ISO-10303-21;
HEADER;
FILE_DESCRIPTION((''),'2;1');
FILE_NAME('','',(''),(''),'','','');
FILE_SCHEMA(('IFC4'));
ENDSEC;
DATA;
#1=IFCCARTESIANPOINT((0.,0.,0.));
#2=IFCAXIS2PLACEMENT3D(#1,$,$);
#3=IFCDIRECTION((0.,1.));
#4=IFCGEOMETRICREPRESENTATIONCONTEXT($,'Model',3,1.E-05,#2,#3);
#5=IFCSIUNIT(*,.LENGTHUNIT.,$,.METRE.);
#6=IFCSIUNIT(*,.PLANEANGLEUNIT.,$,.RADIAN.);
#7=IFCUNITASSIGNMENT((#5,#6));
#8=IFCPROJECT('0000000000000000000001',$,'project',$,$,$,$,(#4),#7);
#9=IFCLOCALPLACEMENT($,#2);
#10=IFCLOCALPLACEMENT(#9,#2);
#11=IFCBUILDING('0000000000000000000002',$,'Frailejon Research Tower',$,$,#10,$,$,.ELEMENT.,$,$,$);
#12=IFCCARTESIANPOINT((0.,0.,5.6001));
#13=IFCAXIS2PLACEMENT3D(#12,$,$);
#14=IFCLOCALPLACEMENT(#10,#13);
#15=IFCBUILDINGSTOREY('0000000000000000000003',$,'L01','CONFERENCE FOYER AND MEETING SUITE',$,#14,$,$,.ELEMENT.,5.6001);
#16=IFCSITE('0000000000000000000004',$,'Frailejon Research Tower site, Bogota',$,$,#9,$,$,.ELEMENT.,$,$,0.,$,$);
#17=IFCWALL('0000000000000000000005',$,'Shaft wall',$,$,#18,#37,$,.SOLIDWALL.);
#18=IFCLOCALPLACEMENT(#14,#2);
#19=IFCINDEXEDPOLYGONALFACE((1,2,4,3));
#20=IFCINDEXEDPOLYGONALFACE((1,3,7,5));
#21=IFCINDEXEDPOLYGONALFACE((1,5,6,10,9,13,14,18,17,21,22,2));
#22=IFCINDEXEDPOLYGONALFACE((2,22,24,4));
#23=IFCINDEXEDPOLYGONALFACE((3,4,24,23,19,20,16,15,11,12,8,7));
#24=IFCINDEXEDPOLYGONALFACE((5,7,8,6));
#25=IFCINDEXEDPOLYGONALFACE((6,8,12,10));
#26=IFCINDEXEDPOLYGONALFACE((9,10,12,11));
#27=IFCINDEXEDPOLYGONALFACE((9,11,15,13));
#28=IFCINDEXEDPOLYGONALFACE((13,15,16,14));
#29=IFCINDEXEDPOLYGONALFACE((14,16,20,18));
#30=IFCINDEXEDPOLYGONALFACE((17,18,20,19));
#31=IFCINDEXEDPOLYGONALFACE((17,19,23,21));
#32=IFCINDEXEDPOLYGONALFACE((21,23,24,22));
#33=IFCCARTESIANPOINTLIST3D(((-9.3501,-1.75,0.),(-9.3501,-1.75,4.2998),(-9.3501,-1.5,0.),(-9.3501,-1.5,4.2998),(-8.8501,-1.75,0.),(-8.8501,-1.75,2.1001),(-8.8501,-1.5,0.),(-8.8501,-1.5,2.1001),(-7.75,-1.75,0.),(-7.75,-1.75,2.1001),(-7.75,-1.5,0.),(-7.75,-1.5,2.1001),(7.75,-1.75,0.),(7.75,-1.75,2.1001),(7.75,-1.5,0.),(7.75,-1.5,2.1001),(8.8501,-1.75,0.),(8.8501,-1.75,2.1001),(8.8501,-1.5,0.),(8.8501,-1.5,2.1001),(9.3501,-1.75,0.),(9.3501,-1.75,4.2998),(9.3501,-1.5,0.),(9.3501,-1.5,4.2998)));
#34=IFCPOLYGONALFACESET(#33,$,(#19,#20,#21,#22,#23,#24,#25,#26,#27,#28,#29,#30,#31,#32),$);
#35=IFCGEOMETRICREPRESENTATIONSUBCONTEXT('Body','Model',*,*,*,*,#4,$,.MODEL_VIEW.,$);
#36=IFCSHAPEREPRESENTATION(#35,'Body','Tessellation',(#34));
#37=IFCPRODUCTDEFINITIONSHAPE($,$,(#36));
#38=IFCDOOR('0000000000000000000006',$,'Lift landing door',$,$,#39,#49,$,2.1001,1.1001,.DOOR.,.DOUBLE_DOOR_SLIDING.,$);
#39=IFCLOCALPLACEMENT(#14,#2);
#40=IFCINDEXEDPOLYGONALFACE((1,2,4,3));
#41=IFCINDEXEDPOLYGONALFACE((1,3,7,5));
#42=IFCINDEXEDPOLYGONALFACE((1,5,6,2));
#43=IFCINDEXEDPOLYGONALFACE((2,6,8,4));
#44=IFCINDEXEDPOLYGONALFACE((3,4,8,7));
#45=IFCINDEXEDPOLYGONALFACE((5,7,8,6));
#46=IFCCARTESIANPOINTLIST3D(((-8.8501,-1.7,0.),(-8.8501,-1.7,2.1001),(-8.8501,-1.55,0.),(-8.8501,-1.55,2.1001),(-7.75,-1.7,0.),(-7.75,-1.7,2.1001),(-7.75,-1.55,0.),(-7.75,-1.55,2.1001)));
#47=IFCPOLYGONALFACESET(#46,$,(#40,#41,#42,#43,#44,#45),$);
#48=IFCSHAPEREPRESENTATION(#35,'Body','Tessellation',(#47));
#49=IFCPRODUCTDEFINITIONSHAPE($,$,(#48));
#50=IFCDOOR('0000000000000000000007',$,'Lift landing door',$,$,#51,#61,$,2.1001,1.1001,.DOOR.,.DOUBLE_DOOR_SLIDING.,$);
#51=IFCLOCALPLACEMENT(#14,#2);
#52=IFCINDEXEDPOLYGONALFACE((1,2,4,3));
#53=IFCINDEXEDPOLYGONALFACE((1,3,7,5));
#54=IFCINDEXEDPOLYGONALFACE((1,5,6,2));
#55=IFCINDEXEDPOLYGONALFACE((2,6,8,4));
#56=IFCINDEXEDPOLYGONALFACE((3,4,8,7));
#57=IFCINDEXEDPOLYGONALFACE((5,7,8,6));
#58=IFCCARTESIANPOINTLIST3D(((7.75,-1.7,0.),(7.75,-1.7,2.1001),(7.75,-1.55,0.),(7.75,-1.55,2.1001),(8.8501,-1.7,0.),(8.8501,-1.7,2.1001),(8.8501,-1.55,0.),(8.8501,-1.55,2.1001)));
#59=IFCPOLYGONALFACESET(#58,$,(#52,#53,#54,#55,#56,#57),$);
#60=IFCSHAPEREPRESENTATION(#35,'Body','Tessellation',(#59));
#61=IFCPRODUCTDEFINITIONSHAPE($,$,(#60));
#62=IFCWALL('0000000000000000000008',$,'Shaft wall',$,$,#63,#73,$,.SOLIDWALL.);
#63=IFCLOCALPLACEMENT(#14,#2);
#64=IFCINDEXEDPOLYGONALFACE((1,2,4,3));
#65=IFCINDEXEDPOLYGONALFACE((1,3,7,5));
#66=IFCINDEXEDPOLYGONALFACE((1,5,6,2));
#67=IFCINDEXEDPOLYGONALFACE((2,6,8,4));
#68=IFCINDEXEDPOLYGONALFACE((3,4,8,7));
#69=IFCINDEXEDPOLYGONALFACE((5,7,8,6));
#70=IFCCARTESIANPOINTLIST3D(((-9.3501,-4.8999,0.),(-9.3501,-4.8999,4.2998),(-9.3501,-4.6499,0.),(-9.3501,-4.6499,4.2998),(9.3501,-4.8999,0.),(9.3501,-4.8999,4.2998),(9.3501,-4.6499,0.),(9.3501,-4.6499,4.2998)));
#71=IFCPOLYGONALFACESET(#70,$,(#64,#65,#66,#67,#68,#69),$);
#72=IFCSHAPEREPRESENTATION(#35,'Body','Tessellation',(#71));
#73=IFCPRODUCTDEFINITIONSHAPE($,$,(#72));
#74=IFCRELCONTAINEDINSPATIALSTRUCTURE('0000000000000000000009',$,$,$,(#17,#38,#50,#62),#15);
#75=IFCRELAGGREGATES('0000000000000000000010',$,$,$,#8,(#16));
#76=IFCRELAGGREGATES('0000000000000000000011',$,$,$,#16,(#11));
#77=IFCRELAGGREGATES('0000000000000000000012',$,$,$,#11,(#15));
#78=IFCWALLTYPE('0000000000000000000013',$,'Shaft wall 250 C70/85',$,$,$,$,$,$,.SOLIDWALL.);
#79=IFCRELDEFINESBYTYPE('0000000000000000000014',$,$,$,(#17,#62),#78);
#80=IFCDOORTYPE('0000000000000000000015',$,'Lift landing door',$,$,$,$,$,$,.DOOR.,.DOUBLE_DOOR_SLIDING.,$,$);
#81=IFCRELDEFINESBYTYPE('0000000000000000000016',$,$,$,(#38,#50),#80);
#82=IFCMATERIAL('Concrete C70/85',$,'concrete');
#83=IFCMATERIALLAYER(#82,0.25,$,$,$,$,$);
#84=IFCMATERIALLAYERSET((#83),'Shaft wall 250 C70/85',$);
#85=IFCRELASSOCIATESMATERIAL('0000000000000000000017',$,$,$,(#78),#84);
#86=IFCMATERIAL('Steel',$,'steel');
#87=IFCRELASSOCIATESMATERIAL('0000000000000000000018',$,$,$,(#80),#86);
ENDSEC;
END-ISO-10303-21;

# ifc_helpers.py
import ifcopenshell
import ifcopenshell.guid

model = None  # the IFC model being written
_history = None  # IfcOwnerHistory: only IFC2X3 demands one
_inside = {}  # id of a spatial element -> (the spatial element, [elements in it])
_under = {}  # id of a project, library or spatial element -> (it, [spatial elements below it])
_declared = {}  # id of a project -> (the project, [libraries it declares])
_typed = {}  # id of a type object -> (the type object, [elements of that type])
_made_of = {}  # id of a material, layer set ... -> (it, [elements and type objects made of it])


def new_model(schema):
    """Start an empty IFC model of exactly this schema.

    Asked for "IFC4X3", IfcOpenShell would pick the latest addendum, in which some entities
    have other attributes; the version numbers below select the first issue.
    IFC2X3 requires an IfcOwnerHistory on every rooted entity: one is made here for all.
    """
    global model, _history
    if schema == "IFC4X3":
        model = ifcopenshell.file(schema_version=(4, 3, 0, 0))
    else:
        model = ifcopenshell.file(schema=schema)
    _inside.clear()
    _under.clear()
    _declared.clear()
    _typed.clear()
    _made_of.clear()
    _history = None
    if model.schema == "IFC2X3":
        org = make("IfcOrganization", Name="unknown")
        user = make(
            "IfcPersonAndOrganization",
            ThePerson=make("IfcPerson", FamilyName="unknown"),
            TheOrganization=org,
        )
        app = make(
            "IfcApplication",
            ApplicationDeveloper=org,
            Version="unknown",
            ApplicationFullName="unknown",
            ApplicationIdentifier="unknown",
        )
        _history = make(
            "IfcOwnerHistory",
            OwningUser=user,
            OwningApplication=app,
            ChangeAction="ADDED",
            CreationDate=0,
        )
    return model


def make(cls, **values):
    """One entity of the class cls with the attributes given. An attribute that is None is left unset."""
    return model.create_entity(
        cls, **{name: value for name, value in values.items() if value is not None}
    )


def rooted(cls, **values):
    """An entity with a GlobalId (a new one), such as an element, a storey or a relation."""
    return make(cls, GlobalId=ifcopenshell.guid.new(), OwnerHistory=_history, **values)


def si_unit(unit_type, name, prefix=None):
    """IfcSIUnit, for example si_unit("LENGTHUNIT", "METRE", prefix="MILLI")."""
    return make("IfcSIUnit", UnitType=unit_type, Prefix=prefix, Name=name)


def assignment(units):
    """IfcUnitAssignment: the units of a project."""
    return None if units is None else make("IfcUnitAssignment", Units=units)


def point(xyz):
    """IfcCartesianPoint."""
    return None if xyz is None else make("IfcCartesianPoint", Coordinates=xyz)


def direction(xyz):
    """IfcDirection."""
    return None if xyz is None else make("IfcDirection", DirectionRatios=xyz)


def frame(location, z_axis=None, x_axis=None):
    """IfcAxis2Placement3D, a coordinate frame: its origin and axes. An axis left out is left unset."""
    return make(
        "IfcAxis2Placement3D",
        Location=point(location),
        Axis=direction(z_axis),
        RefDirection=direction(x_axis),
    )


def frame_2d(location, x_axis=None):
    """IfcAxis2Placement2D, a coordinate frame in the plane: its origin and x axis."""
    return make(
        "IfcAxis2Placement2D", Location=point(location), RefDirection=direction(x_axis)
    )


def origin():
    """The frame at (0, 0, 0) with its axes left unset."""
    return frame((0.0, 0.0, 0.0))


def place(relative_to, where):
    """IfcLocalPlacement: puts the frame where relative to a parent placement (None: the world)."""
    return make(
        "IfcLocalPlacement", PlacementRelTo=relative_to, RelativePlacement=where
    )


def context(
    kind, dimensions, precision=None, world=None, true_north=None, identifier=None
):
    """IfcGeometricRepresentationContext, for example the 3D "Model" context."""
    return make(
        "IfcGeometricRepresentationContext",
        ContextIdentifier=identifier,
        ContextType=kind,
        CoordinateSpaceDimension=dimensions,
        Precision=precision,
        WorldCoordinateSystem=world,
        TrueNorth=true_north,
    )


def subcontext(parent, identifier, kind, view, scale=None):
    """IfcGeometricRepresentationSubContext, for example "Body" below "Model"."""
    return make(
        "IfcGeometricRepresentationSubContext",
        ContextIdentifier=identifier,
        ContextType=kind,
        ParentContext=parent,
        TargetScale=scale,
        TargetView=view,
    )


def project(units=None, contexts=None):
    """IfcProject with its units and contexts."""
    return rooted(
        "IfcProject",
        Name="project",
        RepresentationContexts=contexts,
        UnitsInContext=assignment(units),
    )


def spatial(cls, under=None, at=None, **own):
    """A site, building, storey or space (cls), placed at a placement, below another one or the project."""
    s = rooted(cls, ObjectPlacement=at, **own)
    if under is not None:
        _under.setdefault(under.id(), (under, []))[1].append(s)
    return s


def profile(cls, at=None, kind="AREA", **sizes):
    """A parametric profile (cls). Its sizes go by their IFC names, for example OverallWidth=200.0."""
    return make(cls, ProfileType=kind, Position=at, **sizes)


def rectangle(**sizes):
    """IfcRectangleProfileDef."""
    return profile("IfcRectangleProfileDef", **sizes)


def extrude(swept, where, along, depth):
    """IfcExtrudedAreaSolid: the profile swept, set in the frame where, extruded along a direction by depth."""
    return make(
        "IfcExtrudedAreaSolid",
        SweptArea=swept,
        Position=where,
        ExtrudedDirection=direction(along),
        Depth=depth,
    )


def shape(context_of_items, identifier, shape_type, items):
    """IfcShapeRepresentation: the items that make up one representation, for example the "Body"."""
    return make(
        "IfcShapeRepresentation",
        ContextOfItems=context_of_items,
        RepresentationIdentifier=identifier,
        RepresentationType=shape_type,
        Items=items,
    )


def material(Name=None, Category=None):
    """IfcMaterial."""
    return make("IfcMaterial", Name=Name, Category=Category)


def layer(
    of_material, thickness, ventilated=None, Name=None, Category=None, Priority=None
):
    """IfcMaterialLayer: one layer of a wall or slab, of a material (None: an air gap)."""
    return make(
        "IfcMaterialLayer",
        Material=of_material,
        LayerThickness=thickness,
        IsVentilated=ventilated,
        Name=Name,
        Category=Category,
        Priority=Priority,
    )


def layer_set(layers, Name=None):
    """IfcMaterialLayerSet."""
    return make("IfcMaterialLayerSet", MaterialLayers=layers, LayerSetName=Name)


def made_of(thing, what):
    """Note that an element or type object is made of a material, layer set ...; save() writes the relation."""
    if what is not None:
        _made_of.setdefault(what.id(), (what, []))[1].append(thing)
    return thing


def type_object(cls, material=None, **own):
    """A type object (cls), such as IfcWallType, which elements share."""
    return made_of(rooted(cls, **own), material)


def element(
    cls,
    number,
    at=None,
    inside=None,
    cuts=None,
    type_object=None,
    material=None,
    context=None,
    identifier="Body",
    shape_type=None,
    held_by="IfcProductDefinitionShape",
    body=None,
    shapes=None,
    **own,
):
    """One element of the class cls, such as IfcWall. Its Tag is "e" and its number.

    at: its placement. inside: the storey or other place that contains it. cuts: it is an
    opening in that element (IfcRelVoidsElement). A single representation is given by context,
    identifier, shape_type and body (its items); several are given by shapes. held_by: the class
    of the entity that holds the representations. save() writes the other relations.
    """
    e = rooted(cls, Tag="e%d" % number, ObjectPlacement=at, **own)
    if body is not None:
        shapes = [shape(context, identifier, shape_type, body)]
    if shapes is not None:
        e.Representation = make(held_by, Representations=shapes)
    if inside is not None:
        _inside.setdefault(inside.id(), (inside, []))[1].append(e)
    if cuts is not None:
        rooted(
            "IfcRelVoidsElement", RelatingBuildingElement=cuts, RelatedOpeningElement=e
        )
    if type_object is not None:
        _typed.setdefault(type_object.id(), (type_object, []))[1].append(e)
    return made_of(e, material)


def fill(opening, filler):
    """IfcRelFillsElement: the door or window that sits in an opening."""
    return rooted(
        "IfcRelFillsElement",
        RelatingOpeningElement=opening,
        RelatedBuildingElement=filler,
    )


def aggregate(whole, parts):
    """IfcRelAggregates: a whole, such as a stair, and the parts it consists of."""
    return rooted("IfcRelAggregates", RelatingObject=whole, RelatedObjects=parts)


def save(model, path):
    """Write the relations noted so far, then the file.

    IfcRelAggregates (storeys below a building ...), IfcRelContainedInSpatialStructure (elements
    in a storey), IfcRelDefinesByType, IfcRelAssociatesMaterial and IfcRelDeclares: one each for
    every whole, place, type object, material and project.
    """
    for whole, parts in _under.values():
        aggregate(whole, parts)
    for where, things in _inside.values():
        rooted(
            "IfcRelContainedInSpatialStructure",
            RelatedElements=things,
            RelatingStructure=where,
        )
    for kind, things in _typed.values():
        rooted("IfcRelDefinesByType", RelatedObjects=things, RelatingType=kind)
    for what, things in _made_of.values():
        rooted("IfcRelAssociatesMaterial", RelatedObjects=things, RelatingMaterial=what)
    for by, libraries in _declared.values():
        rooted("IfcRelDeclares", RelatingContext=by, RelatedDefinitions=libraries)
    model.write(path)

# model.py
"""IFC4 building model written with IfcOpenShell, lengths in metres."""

from ifc_helpers import new_model, si_unit, direction, frame, frame_2d, origin, place, context, subcontext, project, spatial, rectangle, extrude, material, layer, layer_set, type_object, element, fill, save


model = new_model("IFC4")

# Units and contexts
model_context = context("Model", 3, precision=1e-05, world=origin(), true_north=direction((0.0, 1.0)))
body_context = subcontext(model_context, "Body", "Model", "MODEL_VIEW")
ifc_project = project(units=[si_unit("LENGTHUNIT", "METRE"), si_unit("PLANEANGLEUNIT", "RADIAN")], contexts=[model_context])

# Site, building, storey
site_placement = place(None, origin())
site = spatial("IfcSite", under=ifc_project, at=site_placement, Name="Frailejon Research Tower site, Bogota", CompositionType="ELEMENT", RefElevation=0.0)
building_placement = place(site_placement, origin())
building = spatial("IfcBuilding", under=site, at=building_placement, Name="Frailejon Research Tower", CompositionType="ELEMENT")
storey_placement = place(building_placement, frame((0.0, 0.0, 5.6001)))
storey = spatial("IfcBuildingStorey", under=building, at=storey_placement, Name="L01", Description="CONFERENCE FOYER AND MEETING SUITE", CompositionType="ELEMENT", Elevation=5.6001)

# Wall, openings, doors
ifc_material_1 = material(Name="Concrete C70/85", Category="concrete")
ifc_layer_1 = layer(ifc_material_1, 0.25)
ifc_layer_set_1 = layer_set([ifc_layer_1], Name="Shaft wall 250 C70/85")
wall_type_1 = type_object("IfcWallType", Name="Shaft wall 250 C70/85", PredefinedType="SOLIDWALL", material=ifc_layer_set_1)
wall_1_placement = place(storey_placement, frame((-9.3501, -1.625, 0.0), z_axis=(0.0, 0.0, 1.0), x_axis=(1.0, 0.0, 0.0)))
wall_1 = element("IfcWall", 1, at=wall_1_placement, inside=storey, type_object=wall_type_1, Name="Shaft wall", PredefinedType="SOLIDWALL", context=body_context, shape_type="SweptSolid", body=[
    extrude(rectangle(XDim=18.7002, YDim=0.25, at=frame_2d((9.3501, 0.0))), origin(), (0.0, 0.0, 1.0), 4.2998),
])
opening_1_placement = place(wall_1_placement, frame((0.5, 0.0, 0.0)))
opening_1 = element("IfcOpeningElement", 2, at=opening_1_placement, cuts=wall_1, PredefinedType="OPENING", context=body_context, shape_type="SweptSolid", body=[
    extrude(rectangle(XDim=1.1001, YDim=2.1001, at=frame_2d((0.55, 1.05))), frame((0.0, 0.135, 0.0), z_axis=(0.0, -1.0, 0.0), x_axis=(1.0, 0.0, 0.0)), (0.0, 0.0, 1.0), 0.27),
])
opening_2_placement = place(wall_1_placement, frame((17.1001, 0.0, 0.0)))
opening_2 = element("IfcOpeningElement", 3, at=opening_2_placement, cuts=wall_1, PredefinedType="OPENING", context=body_context, shape_type="SweptSolid", body=[
    extrude(rectangle(XDim=1.1001, YDim=2.1001, at=frame_2d((0.55, 1.05))), frame((0.0, 0.135, 0.0), z_axis=(0.0, -1.0, 0.0), x_axis=(1.0, 0.0, 0.0)), (0.0, 0.0, 1.0), 0.27),
])
ifc_material_2 = material(Name="Steel", Category="steel")
door_type = type_object("IfcDoorType", Name="Lift landing door", OperationType="DOUBLE_DOOR_SLIDING", PredefinedType="DOOR", material=ifc_material_2)
door_1_placement = place(opening_1_placement, origin())
door_1 = element("IfcDoor", 4, at=door_1_placement, inside=storey, type_object=door_type, Name="Lift landing door", OperationType="DOUBLE_DOOR_SLIDING", OverallHeight=2.1001, OverallWidth=1.1001, PredefinedType="DOOR", context=body_context, shape_type="SweptSolid", body=[
    extrude(rectangle(XDim=1.1001, YDim=2.1001, at=frame_2d((0.55, 1.05))), frame((0.0, 0.075, 0.0), z_axis=(0.0, -1.0, 0.0), x_axis=(1.0, 0.0, 0.0)), (0.0, 0.0, 1.0), 0.1499),
])
fill(opening_1, door_1)
door_2_placement = place(opening_2_placement, origin())
door_2 = element("IfcDoor", 5, at=door_2_placement, inside=storey, type_object=door_type, Name="Lift landing door", OperationType="DOUBLE_DOOR_SLIDING", OverallHeight=2.1001, OverallWidth=1.1001, PredefinedType="DOOR", context=body_context, shape_type="SweptSolid", body=[
    extrude(rectangle(XDim=1.1001, YDim=2.1001, at=frame_2d((0.55, 1.05))), frame((0.0, 0.075, 0.0), z_axis=(0.0, -1.0, 0.0), x_axis=(1.0, 0.0, 0.0)), (0.0, 0.0, 1.0), 0.1499),
])
fill(opening_2, door_2)

# Wall
wall_2_placement = place(storey_placement, frame((-9.3501, -4.7749, 0.0), z_axis=(0.0, 0.0, 1.0), x_axis=(1.0, 0.0, 0.0)))
element("IfcWall", 6, at=wall_2_placement, inside=storey, type_object=wall_type_1, Name="Shaft wall", PredefinedType="SOLIDWALL", context=body_context, shape_type="SweptSolid", body=[
    extrude(rectangle(XDim=18.7002, YDim=0.25, at=frame_2d((9.3501, 0.0))), origin(), (0.0, 0.0, 1.0), 4.2998),
])

save(model, "model.ifc")
